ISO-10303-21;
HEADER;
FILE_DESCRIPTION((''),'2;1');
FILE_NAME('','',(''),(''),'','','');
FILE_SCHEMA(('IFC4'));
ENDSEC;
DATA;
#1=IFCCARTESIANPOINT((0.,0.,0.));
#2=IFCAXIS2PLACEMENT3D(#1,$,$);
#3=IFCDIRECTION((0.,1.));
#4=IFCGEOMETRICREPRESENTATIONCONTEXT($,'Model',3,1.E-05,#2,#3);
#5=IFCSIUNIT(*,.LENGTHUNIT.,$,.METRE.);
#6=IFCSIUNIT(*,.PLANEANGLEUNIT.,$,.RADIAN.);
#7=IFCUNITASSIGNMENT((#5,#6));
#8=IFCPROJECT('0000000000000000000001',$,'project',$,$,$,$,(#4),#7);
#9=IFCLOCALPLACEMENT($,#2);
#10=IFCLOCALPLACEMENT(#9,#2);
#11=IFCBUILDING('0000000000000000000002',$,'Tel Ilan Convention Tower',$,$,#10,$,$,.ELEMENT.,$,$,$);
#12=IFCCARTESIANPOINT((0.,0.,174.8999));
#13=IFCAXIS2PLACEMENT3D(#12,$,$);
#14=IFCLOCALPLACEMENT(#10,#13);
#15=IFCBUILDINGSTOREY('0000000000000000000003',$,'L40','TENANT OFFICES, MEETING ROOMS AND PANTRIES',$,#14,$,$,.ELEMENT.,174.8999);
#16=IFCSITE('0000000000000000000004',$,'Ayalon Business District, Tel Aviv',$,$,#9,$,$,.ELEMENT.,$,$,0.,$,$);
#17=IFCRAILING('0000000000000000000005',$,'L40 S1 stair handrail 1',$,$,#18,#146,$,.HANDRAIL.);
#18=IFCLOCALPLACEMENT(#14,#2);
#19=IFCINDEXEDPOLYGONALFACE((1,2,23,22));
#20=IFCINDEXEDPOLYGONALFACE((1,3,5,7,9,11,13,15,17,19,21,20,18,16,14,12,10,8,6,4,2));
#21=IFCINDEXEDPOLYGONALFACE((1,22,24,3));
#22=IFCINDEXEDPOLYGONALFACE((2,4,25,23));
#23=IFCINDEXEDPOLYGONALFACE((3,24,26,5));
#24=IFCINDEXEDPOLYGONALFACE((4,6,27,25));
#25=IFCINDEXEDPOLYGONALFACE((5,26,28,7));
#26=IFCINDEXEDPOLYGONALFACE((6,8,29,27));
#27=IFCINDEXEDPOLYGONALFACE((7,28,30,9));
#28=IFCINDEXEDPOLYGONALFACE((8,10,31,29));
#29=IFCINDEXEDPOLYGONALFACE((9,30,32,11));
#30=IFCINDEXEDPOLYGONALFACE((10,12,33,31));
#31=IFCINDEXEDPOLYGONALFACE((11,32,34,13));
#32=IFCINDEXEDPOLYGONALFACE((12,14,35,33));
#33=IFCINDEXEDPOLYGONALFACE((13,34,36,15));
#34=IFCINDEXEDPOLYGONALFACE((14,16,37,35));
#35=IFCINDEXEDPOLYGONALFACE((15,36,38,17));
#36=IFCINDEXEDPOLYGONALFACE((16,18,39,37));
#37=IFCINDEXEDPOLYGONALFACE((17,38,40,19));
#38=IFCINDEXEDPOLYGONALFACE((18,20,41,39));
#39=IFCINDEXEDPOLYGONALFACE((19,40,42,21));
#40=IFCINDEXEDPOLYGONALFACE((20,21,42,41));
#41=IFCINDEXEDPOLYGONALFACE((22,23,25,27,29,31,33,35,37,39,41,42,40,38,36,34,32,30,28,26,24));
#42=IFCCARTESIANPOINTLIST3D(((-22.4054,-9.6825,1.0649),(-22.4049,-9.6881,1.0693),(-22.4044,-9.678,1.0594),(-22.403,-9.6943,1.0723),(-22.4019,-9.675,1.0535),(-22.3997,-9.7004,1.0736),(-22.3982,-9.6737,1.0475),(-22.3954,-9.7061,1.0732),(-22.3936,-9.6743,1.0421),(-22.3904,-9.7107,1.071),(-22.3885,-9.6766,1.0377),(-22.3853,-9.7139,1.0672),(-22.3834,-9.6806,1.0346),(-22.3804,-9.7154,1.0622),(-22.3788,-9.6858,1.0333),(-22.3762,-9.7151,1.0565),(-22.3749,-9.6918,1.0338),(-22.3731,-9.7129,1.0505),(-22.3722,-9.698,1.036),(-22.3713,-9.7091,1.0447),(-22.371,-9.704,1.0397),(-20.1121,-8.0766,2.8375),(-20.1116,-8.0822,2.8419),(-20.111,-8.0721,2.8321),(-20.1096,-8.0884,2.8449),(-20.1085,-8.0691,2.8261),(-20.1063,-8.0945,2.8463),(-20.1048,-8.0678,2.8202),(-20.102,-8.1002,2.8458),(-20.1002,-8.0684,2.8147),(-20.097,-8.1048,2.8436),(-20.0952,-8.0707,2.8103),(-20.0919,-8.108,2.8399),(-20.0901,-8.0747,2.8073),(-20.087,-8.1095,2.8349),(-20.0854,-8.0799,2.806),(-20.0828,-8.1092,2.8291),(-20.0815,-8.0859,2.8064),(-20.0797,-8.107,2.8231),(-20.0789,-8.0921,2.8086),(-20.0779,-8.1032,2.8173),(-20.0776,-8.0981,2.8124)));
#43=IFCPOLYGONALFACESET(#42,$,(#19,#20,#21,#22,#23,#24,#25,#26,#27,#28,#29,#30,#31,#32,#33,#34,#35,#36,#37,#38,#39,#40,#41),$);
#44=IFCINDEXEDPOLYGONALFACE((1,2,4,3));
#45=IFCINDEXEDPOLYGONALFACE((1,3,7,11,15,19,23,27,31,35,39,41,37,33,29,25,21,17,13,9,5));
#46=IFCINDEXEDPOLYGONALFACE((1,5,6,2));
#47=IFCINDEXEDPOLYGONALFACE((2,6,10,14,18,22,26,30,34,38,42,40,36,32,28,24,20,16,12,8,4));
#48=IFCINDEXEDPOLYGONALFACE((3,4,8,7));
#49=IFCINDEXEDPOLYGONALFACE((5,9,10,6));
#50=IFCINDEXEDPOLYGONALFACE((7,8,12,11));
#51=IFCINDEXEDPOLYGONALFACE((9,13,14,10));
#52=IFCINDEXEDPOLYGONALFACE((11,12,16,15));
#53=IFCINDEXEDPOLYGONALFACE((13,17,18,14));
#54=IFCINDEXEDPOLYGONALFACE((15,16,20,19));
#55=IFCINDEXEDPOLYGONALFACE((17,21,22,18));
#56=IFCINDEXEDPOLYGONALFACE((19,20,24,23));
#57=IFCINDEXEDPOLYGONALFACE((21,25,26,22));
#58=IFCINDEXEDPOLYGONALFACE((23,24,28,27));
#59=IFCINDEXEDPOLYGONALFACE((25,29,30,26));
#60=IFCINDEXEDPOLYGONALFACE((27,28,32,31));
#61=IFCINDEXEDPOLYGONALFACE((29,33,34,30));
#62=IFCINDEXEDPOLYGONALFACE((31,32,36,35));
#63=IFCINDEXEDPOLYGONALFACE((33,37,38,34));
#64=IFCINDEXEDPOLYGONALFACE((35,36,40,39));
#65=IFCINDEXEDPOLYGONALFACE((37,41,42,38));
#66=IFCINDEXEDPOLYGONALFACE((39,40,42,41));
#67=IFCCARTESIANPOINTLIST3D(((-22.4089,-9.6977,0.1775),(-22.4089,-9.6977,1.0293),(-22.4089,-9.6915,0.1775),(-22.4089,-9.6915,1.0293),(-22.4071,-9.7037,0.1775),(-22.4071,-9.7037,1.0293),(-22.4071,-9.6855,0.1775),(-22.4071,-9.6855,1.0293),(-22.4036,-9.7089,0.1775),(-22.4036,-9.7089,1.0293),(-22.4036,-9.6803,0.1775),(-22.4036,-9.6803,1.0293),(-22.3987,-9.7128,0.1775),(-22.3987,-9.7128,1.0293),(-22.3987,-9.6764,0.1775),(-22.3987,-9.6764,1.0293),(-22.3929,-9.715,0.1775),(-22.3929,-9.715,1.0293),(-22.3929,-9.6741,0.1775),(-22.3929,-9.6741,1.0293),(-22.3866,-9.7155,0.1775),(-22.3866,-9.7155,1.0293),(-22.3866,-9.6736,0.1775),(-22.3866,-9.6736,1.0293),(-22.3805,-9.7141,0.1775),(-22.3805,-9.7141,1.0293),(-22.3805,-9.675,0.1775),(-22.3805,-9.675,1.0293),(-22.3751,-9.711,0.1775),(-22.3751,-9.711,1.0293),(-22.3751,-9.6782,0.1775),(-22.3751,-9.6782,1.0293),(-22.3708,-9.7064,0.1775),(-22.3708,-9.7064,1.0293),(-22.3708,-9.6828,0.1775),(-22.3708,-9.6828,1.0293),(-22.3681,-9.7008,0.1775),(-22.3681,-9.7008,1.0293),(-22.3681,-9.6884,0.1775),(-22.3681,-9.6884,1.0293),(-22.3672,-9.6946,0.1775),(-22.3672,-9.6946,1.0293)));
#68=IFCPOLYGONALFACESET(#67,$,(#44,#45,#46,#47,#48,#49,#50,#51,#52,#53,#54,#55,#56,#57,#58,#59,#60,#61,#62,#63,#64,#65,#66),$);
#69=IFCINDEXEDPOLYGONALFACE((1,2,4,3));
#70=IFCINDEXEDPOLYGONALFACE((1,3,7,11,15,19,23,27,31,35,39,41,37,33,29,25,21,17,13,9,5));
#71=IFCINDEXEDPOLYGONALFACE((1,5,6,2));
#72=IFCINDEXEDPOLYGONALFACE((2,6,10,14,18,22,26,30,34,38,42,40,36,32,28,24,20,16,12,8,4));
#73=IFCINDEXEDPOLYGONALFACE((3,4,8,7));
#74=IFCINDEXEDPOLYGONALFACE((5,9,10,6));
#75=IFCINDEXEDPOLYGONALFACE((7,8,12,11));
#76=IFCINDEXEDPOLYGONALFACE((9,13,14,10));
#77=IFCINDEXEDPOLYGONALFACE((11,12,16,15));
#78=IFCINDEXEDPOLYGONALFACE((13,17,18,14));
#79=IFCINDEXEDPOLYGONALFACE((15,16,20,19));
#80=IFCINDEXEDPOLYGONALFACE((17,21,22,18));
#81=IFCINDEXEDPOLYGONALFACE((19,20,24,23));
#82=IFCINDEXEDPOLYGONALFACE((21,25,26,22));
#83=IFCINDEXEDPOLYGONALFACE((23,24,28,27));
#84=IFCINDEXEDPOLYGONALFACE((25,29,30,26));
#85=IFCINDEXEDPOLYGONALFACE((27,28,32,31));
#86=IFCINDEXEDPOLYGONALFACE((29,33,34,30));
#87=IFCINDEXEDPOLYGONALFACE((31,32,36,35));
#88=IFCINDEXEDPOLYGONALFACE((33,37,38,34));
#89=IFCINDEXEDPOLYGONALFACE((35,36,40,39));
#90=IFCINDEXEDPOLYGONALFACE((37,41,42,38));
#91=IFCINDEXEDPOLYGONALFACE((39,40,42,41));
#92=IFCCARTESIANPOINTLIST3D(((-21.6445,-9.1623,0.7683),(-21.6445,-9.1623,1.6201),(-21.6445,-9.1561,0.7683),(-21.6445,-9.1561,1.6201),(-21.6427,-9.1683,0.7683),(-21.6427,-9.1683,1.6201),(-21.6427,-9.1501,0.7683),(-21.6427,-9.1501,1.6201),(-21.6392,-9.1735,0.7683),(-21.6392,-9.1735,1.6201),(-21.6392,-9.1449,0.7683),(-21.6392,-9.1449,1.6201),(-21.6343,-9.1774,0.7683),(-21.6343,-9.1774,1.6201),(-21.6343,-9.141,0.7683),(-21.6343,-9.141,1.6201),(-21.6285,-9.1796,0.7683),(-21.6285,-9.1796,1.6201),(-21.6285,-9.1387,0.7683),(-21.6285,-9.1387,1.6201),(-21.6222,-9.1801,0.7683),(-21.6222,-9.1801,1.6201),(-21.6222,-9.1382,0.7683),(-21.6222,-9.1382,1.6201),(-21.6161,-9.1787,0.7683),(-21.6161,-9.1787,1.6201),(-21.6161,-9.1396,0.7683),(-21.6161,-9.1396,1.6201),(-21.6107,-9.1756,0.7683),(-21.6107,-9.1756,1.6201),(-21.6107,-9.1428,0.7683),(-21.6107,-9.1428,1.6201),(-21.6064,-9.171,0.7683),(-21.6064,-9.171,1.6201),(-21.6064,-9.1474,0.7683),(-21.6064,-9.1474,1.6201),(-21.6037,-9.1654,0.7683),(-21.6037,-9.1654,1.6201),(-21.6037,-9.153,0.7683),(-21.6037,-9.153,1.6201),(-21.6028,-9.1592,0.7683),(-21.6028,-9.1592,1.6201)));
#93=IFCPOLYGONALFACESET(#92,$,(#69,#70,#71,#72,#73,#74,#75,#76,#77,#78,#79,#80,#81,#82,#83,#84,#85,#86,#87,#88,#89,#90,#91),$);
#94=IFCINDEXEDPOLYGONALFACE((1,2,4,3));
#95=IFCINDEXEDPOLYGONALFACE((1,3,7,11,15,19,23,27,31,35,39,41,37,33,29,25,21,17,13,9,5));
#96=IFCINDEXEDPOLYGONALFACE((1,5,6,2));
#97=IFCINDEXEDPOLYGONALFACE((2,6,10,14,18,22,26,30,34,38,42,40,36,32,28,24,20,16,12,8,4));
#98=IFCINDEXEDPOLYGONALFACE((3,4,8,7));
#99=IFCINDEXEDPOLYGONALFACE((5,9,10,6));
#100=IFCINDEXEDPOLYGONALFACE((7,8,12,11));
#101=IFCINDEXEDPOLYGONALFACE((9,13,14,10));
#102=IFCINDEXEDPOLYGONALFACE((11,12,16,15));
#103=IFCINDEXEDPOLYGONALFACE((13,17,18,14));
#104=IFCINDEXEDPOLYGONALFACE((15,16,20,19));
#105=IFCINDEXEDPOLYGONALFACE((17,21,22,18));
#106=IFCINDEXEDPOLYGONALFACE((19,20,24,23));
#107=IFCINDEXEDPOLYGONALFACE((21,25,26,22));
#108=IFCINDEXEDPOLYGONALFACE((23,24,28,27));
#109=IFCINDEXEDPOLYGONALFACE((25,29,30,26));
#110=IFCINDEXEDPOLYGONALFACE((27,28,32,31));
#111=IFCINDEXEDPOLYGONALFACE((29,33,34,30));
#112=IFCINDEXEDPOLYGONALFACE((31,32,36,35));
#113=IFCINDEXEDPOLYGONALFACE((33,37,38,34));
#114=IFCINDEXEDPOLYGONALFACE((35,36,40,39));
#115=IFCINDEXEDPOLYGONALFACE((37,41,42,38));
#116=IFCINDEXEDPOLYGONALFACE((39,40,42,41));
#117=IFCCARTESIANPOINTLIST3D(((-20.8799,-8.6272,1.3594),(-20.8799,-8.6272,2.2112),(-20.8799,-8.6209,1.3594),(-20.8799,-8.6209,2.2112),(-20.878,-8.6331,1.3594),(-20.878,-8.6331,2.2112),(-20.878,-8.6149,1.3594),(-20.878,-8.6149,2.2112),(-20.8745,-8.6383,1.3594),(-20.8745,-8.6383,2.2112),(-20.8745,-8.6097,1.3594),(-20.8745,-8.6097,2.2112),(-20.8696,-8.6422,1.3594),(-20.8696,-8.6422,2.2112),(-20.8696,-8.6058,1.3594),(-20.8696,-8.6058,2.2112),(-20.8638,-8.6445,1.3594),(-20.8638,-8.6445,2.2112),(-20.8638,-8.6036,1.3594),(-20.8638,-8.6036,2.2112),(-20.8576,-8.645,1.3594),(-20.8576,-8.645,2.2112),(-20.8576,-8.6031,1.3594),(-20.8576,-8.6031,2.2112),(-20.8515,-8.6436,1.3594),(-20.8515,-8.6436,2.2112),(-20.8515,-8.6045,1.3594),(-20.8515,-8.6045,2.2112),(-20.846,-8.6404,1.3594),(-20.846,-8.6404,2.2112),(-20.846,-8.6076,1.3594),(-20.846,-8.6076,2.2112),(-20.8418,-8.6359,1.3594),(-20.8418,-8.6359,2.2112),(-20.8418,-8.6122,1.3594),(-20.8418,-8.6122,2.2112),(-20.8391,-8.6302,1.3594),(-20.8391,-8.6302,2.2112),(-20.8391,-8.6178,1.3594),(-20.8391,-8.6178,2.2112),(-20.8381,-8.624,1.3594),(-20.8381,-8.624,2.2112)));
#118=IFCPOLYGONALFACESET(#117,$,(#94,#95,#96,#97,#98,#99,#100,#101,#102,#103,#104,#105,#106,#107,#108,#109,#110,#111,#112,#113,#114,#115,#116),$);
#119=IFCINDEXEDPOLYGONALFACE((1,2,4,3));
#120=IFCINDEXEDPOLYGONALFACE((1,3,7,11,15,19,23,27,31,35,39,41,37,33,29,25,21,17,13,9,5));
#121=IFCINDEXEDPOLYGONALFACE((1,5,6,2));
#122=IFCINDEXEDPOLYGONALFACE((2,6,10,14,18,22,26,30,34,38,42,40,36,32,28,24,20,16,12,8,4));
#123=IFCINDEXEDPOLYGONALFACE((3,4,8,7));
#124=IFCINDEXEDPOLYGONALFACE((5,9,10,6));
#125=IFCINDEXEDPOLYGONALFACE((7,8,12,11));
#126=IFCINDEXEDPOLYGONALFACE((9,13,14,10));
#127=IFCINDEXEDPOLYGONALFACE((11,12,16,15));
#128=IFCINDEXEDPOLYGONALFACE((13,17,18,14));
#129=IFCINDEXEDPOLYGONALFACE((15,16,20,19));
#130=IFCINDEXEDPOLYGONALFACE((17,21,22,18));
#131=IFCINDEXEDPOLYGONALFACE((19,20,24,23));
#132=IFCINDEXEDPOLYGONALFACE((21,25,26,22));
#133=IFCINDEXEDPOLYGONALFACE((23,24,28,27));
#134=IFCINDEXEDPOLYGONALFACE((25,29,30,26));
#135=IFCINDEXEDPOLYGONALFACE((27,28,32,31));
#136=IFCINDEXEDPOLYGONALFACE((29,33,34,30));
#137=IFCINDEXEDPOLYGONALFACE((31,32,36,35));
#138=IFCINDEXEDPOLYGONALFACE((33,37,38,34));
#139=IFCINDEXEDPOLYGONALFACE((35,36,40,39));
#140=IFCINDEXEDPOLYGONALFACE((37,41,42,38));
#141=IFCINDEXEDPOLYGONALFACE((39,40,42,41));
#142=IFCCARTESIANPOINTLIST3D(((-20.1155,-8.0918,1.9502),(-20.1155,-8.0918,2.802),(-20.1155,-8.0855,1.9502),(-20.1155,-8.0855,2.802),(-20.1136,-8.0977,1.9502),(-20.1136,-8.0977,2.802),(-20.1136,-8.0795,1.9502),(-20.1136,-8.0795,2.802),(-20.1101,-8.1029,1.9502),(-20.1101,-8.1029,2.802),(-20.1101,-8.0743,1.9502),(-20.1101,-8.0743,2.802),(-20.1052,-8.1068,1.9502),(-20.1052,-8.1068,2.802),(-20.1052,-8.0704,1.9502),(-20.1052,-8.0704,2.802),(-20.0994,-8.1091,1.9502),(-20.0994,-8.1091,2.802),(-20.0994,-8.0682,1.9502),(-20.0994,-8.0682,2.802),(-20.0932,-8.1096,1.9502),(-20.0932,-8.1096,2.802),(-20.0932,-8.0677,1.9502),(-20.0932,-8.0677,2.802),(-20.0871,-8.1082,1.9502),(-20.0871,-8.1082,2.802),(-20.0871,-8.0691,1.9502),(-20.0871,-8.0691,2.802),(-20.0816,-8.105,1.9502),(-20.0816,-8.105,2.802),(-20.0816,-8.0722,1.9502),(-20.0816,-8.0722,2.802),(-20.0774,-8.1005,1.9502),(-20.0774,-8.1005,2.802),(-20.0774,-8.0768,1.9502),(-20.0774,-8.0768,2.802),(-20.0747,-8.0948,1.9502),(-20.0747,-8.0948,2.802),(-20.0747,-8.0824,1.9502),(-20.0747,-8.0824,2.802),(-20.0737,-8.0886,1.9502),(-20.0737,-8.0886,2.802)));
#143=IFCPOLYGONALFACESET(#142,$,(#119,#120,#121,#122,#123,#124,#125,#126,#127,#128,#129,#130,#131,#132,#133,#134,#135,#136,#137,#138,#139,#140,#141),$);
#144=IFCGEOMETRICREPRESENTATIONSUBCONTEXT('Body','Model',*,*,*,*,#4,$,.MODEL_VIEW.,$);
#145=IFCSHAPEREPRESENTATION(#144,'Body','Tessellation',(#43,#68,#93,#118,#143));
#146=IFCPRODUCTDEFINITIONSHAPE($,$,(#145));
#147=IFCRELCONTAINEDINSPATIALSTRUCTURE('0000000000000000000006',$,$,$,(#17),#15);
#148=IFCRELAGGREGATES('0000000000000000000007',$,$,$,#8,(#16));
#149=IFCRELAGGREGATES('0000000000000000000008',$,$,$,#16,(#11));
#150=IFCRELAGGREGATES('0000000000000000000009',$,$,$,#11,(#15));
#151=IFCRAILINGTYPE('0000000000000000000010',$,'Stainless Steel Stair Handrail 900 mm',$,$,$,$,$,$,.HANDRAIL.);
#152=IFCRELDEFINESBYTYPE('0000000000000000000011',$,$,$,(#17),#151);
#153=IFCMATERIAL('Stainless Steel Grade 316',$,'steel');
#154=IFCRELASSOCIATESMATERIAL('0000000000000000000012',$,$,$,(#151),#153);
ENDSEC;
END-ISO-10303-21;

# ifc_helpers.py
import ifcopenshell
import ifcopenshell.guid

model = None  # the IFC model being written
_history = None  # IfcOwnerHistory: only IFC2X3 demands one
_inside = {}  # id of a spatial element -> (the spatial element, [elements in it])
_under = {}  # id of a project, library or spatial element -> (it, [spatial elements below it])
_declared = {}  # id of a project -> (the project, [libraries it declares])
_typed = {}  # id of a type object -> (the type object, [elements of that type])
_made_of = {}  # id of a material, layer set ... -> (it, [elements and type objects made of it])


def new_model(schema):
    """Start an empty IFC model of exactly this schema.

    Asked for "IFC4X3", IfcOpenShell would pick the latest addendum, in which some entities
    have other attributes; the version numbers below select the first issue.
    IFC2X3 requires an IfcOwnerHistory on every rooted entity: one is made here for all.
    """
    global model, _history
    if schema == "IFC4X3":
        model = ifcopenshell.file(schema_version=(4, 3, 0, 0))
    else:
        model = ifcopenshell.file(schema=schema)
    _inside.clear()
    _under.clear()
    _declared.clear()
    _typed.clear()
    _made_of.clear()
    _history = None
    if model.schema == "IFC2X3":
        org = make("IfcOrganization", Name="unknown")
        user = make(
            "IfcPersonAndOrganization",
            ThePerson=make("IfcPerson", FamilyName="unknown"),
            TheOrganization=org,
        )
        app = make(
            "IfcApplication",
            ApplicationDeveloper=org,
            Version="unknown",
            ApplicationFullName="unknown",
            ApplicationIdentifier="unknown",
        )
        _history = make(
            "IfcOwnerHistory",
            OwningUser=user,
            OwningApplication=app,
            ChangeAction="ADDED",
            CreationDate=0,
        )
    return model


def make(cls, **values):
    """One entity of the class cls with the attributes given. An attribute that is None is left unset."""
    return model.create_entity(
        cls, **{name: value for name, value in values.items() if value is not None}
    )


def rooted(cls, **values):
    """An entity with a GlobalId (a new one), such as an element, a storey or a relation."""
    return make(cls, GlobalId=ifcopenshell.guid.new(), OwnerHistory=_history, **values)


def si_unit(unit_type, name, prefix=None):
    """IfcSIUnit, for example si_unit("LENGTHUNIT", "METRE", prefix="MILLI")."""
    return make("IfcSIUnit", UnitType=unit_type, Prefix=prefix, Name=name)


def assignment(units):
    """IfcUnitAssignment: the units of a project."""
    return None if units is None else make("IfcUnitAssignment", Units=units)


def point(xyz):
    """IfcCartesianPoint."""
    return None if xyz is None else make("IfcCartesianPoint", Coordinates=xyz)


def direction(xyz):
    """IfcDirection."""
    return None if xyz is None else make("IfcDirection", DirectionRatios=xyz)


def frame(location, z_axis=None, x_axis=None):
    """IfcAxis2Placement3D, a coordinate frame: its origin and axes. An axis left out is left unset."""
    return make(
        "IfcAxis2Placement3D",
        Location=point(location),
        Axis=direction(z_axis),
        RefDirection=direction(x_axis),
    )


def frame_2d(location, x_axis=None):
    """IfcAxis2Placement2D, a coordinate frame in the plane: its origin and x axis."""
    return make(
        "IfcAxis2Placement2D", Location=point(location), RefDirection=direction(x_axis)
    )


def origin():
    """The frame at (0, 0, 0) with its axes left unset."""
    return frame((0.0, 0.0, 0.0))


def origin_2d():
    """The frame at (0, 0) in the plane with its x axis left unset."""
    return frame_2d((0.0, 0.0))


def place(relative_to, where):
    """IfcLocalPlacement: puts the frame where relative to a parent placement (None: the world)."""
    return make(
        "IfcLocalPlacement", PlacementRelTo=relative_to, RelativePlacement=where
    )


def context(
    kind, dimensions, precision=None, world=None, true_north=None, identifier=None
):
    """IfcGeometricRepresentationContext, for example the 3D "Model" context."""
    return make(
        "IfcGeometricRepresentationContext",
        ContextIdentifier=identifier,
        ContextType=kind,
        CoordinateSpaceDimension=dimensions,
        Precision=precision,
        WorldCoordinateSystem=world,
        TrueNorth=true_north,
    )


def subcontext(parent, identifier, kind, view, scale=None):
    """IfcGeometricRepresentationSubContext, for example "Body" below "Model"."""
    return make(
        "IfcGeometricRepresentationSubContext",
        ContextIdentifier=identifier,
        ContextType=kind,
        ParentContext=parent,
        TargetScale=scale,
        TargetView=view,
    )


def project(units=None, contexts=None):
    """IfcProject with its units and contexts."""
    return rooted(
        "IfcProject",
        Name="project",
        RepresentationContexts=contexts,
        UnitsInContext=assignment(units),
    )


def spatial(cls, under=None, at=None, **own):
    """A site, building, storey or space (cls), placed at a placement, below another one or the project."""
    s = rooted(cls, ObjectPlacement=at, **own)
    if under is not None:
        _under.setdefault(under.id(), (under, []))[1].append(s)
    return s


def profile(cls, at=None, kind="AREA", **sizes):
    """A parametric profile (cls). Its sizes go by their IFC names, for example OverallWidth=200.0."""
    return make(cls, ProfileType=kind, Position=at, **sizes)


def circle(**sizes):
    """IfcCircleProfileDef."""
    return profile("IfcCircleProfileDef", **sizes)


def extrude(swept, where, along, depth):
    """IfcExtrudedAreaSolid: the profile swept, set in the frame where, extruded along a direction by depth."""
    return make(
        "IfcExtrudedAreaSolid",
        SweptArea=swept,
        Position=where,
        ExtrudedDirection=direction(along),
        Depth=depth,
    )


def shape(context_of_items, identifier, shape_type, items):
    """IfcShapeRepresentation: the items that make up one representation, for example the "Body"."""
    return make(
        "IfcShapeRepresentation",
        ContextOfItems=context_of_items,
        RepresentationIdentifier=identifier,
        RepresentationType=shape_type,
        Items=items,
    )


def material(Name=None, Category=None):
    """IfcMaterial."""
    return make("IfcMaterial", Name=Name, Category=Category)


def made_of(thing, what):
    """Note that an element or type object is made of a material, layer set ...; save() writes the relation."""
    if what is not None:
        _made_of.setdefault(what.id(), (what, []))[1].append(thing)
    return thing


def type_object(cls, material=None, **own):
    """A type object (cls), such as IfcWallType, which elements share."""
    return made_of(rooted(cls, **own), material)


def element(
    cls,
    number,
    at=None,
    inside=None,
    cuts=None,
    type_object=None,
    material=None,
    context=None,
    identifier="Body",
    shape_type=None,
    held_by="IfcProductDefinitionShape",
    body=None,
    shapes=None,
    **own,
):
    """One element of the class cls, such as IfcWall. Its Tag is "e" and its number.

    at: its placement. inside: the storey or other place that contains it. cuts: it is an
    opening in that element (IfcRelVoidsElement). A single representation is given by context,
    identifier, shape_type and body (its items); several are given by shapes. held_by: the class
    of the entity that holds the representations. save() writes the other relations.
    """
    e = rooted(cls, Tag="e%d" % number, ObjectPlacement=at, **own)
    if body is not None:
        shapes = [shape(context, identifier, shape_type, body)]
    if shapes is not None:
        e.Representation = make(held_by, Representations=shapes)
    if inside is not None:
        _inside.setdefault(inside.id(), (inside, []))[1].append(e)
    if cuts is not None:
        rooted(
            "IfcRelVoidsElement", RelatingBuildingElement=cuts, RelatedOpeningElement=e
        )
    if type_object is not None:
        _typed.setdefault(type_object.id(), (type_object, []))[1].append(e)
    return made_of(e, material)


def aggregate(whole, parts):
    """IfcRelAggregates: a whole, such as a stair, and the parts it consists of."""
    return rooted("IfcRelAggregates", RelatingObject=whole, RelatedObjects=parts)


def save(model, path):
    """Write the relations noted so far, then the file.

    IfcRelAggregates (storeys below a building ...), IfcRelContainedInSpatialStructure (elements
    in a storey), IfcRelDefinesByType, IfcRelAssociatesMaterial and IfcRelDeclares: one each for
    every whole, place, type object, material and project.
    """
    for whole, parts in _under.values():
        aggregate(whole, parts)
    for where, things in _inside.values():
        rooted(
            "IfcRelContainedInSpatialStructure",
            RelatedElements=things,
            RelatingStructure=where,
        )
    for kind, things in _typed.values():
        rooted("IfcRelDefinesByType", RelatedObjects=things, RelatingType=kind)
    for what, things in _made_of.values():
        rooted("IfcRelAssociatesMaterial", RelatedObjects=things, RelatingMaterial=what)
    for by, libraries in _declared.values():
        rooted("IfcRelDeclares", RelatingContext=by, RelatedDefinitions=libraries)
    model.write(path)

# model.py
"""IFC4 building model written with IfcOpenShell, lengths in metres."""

from ifc_helpers import new_model, si_unit, direction, frame, origin, origin_2d, place, context, subcontext, project, spatial, circle, extrude, material, type_object, element, save


model = new_model("IFC4")

# Units and contexts
model_context = context("Model", 3, precision=1e-05, world=origin(), true_north=direction((0.0, 1.0)))
body_context = subcontext(model_context, "Body", "Model", "MODEL_VIEW")
ifc_project = project(units=[si_unit("LENGTHUNIT", "METRE"), si_unit("PLANEANGLEUNIT", "RADIAN")], contexts=[model_context])

# Site, building, storey
site_placement = place(None, origin())
site = spatial("IfcSite", under=ifc_project, at=site_placement, Name="Ayalon Business District, Tel Aviv", CompositionType="ELEMENT", RefElevation=0.0)
building_placement = place(site_placement, origin())
building = spatial("IfcBuilding", under=site, at=building_placement, Name="Tel Ilan Convention Tower", CompositionType="ELEMENT")
storey_placement = place(building_placement, frame((0.0, 0.0, 174.8999)))
storey = spatial("IfcBuildingStorey", under=building, at=storey_placement, Name="L40", Description="TENANT OFFICES, MEETING ROOMS AND PANTRIES", CompositionType="ELEMENT", Elevation=174.8999)

# Railing
ifc_material_1 = material(Name="Stainless Steel Grade 316", Category="steel")
railing_type_1 = type_object("IfcRailingType", Name="Stainless Steel Stair Handrail 900 mm", PredefinedType="HANDRAIL", material=ifc_material_1)
railing_1_placement = place(storey_placement, frame((-22.3882, -9.6946, 0.1775)))
element("IfcRailing", 1, at=railing_1_placement, inside=storey, type_object=railing_type_1, Name="L40 S1 stair handrail 1", PredefinedType="HANDRAIL", context=body_context, shape_type="SweptSolid", body=[
    extrude(circle(Radius=0.0239, at=origin_2d()), frame((0.0, 0.0, 0.876), z_axis=(0.692085, 0.484621, 0.53494), x_axis=(-0.573591, 0.819142, 0.0)), (0.0, 0.0, 1.0), 3.3137),
    extrude(circle(Radius=0.021, at=origin_2d()), origin(), (0.0, 0.0, 1.0), 0.8518),
    extrude(circle(Radius=0.021, at=origin_2d()), frame((0.7644, 0.5354, 0.5908)), (0.0, 0.0, 1.0), 0.8518),
    extrude(circle(Radius=0.021, at=origin_2d()), frame((1.5291, 1.0706, 1.1819)), (0.0, 0.0, 1.0), 0.8518),
    extrude(circle(Radius=0.021, at=origin_2d()), frame((2.2935, 1.606, 1.7727)), (0.0, 0.0, 1.0), 0.8518),
])

save(model, "model.ifc")
